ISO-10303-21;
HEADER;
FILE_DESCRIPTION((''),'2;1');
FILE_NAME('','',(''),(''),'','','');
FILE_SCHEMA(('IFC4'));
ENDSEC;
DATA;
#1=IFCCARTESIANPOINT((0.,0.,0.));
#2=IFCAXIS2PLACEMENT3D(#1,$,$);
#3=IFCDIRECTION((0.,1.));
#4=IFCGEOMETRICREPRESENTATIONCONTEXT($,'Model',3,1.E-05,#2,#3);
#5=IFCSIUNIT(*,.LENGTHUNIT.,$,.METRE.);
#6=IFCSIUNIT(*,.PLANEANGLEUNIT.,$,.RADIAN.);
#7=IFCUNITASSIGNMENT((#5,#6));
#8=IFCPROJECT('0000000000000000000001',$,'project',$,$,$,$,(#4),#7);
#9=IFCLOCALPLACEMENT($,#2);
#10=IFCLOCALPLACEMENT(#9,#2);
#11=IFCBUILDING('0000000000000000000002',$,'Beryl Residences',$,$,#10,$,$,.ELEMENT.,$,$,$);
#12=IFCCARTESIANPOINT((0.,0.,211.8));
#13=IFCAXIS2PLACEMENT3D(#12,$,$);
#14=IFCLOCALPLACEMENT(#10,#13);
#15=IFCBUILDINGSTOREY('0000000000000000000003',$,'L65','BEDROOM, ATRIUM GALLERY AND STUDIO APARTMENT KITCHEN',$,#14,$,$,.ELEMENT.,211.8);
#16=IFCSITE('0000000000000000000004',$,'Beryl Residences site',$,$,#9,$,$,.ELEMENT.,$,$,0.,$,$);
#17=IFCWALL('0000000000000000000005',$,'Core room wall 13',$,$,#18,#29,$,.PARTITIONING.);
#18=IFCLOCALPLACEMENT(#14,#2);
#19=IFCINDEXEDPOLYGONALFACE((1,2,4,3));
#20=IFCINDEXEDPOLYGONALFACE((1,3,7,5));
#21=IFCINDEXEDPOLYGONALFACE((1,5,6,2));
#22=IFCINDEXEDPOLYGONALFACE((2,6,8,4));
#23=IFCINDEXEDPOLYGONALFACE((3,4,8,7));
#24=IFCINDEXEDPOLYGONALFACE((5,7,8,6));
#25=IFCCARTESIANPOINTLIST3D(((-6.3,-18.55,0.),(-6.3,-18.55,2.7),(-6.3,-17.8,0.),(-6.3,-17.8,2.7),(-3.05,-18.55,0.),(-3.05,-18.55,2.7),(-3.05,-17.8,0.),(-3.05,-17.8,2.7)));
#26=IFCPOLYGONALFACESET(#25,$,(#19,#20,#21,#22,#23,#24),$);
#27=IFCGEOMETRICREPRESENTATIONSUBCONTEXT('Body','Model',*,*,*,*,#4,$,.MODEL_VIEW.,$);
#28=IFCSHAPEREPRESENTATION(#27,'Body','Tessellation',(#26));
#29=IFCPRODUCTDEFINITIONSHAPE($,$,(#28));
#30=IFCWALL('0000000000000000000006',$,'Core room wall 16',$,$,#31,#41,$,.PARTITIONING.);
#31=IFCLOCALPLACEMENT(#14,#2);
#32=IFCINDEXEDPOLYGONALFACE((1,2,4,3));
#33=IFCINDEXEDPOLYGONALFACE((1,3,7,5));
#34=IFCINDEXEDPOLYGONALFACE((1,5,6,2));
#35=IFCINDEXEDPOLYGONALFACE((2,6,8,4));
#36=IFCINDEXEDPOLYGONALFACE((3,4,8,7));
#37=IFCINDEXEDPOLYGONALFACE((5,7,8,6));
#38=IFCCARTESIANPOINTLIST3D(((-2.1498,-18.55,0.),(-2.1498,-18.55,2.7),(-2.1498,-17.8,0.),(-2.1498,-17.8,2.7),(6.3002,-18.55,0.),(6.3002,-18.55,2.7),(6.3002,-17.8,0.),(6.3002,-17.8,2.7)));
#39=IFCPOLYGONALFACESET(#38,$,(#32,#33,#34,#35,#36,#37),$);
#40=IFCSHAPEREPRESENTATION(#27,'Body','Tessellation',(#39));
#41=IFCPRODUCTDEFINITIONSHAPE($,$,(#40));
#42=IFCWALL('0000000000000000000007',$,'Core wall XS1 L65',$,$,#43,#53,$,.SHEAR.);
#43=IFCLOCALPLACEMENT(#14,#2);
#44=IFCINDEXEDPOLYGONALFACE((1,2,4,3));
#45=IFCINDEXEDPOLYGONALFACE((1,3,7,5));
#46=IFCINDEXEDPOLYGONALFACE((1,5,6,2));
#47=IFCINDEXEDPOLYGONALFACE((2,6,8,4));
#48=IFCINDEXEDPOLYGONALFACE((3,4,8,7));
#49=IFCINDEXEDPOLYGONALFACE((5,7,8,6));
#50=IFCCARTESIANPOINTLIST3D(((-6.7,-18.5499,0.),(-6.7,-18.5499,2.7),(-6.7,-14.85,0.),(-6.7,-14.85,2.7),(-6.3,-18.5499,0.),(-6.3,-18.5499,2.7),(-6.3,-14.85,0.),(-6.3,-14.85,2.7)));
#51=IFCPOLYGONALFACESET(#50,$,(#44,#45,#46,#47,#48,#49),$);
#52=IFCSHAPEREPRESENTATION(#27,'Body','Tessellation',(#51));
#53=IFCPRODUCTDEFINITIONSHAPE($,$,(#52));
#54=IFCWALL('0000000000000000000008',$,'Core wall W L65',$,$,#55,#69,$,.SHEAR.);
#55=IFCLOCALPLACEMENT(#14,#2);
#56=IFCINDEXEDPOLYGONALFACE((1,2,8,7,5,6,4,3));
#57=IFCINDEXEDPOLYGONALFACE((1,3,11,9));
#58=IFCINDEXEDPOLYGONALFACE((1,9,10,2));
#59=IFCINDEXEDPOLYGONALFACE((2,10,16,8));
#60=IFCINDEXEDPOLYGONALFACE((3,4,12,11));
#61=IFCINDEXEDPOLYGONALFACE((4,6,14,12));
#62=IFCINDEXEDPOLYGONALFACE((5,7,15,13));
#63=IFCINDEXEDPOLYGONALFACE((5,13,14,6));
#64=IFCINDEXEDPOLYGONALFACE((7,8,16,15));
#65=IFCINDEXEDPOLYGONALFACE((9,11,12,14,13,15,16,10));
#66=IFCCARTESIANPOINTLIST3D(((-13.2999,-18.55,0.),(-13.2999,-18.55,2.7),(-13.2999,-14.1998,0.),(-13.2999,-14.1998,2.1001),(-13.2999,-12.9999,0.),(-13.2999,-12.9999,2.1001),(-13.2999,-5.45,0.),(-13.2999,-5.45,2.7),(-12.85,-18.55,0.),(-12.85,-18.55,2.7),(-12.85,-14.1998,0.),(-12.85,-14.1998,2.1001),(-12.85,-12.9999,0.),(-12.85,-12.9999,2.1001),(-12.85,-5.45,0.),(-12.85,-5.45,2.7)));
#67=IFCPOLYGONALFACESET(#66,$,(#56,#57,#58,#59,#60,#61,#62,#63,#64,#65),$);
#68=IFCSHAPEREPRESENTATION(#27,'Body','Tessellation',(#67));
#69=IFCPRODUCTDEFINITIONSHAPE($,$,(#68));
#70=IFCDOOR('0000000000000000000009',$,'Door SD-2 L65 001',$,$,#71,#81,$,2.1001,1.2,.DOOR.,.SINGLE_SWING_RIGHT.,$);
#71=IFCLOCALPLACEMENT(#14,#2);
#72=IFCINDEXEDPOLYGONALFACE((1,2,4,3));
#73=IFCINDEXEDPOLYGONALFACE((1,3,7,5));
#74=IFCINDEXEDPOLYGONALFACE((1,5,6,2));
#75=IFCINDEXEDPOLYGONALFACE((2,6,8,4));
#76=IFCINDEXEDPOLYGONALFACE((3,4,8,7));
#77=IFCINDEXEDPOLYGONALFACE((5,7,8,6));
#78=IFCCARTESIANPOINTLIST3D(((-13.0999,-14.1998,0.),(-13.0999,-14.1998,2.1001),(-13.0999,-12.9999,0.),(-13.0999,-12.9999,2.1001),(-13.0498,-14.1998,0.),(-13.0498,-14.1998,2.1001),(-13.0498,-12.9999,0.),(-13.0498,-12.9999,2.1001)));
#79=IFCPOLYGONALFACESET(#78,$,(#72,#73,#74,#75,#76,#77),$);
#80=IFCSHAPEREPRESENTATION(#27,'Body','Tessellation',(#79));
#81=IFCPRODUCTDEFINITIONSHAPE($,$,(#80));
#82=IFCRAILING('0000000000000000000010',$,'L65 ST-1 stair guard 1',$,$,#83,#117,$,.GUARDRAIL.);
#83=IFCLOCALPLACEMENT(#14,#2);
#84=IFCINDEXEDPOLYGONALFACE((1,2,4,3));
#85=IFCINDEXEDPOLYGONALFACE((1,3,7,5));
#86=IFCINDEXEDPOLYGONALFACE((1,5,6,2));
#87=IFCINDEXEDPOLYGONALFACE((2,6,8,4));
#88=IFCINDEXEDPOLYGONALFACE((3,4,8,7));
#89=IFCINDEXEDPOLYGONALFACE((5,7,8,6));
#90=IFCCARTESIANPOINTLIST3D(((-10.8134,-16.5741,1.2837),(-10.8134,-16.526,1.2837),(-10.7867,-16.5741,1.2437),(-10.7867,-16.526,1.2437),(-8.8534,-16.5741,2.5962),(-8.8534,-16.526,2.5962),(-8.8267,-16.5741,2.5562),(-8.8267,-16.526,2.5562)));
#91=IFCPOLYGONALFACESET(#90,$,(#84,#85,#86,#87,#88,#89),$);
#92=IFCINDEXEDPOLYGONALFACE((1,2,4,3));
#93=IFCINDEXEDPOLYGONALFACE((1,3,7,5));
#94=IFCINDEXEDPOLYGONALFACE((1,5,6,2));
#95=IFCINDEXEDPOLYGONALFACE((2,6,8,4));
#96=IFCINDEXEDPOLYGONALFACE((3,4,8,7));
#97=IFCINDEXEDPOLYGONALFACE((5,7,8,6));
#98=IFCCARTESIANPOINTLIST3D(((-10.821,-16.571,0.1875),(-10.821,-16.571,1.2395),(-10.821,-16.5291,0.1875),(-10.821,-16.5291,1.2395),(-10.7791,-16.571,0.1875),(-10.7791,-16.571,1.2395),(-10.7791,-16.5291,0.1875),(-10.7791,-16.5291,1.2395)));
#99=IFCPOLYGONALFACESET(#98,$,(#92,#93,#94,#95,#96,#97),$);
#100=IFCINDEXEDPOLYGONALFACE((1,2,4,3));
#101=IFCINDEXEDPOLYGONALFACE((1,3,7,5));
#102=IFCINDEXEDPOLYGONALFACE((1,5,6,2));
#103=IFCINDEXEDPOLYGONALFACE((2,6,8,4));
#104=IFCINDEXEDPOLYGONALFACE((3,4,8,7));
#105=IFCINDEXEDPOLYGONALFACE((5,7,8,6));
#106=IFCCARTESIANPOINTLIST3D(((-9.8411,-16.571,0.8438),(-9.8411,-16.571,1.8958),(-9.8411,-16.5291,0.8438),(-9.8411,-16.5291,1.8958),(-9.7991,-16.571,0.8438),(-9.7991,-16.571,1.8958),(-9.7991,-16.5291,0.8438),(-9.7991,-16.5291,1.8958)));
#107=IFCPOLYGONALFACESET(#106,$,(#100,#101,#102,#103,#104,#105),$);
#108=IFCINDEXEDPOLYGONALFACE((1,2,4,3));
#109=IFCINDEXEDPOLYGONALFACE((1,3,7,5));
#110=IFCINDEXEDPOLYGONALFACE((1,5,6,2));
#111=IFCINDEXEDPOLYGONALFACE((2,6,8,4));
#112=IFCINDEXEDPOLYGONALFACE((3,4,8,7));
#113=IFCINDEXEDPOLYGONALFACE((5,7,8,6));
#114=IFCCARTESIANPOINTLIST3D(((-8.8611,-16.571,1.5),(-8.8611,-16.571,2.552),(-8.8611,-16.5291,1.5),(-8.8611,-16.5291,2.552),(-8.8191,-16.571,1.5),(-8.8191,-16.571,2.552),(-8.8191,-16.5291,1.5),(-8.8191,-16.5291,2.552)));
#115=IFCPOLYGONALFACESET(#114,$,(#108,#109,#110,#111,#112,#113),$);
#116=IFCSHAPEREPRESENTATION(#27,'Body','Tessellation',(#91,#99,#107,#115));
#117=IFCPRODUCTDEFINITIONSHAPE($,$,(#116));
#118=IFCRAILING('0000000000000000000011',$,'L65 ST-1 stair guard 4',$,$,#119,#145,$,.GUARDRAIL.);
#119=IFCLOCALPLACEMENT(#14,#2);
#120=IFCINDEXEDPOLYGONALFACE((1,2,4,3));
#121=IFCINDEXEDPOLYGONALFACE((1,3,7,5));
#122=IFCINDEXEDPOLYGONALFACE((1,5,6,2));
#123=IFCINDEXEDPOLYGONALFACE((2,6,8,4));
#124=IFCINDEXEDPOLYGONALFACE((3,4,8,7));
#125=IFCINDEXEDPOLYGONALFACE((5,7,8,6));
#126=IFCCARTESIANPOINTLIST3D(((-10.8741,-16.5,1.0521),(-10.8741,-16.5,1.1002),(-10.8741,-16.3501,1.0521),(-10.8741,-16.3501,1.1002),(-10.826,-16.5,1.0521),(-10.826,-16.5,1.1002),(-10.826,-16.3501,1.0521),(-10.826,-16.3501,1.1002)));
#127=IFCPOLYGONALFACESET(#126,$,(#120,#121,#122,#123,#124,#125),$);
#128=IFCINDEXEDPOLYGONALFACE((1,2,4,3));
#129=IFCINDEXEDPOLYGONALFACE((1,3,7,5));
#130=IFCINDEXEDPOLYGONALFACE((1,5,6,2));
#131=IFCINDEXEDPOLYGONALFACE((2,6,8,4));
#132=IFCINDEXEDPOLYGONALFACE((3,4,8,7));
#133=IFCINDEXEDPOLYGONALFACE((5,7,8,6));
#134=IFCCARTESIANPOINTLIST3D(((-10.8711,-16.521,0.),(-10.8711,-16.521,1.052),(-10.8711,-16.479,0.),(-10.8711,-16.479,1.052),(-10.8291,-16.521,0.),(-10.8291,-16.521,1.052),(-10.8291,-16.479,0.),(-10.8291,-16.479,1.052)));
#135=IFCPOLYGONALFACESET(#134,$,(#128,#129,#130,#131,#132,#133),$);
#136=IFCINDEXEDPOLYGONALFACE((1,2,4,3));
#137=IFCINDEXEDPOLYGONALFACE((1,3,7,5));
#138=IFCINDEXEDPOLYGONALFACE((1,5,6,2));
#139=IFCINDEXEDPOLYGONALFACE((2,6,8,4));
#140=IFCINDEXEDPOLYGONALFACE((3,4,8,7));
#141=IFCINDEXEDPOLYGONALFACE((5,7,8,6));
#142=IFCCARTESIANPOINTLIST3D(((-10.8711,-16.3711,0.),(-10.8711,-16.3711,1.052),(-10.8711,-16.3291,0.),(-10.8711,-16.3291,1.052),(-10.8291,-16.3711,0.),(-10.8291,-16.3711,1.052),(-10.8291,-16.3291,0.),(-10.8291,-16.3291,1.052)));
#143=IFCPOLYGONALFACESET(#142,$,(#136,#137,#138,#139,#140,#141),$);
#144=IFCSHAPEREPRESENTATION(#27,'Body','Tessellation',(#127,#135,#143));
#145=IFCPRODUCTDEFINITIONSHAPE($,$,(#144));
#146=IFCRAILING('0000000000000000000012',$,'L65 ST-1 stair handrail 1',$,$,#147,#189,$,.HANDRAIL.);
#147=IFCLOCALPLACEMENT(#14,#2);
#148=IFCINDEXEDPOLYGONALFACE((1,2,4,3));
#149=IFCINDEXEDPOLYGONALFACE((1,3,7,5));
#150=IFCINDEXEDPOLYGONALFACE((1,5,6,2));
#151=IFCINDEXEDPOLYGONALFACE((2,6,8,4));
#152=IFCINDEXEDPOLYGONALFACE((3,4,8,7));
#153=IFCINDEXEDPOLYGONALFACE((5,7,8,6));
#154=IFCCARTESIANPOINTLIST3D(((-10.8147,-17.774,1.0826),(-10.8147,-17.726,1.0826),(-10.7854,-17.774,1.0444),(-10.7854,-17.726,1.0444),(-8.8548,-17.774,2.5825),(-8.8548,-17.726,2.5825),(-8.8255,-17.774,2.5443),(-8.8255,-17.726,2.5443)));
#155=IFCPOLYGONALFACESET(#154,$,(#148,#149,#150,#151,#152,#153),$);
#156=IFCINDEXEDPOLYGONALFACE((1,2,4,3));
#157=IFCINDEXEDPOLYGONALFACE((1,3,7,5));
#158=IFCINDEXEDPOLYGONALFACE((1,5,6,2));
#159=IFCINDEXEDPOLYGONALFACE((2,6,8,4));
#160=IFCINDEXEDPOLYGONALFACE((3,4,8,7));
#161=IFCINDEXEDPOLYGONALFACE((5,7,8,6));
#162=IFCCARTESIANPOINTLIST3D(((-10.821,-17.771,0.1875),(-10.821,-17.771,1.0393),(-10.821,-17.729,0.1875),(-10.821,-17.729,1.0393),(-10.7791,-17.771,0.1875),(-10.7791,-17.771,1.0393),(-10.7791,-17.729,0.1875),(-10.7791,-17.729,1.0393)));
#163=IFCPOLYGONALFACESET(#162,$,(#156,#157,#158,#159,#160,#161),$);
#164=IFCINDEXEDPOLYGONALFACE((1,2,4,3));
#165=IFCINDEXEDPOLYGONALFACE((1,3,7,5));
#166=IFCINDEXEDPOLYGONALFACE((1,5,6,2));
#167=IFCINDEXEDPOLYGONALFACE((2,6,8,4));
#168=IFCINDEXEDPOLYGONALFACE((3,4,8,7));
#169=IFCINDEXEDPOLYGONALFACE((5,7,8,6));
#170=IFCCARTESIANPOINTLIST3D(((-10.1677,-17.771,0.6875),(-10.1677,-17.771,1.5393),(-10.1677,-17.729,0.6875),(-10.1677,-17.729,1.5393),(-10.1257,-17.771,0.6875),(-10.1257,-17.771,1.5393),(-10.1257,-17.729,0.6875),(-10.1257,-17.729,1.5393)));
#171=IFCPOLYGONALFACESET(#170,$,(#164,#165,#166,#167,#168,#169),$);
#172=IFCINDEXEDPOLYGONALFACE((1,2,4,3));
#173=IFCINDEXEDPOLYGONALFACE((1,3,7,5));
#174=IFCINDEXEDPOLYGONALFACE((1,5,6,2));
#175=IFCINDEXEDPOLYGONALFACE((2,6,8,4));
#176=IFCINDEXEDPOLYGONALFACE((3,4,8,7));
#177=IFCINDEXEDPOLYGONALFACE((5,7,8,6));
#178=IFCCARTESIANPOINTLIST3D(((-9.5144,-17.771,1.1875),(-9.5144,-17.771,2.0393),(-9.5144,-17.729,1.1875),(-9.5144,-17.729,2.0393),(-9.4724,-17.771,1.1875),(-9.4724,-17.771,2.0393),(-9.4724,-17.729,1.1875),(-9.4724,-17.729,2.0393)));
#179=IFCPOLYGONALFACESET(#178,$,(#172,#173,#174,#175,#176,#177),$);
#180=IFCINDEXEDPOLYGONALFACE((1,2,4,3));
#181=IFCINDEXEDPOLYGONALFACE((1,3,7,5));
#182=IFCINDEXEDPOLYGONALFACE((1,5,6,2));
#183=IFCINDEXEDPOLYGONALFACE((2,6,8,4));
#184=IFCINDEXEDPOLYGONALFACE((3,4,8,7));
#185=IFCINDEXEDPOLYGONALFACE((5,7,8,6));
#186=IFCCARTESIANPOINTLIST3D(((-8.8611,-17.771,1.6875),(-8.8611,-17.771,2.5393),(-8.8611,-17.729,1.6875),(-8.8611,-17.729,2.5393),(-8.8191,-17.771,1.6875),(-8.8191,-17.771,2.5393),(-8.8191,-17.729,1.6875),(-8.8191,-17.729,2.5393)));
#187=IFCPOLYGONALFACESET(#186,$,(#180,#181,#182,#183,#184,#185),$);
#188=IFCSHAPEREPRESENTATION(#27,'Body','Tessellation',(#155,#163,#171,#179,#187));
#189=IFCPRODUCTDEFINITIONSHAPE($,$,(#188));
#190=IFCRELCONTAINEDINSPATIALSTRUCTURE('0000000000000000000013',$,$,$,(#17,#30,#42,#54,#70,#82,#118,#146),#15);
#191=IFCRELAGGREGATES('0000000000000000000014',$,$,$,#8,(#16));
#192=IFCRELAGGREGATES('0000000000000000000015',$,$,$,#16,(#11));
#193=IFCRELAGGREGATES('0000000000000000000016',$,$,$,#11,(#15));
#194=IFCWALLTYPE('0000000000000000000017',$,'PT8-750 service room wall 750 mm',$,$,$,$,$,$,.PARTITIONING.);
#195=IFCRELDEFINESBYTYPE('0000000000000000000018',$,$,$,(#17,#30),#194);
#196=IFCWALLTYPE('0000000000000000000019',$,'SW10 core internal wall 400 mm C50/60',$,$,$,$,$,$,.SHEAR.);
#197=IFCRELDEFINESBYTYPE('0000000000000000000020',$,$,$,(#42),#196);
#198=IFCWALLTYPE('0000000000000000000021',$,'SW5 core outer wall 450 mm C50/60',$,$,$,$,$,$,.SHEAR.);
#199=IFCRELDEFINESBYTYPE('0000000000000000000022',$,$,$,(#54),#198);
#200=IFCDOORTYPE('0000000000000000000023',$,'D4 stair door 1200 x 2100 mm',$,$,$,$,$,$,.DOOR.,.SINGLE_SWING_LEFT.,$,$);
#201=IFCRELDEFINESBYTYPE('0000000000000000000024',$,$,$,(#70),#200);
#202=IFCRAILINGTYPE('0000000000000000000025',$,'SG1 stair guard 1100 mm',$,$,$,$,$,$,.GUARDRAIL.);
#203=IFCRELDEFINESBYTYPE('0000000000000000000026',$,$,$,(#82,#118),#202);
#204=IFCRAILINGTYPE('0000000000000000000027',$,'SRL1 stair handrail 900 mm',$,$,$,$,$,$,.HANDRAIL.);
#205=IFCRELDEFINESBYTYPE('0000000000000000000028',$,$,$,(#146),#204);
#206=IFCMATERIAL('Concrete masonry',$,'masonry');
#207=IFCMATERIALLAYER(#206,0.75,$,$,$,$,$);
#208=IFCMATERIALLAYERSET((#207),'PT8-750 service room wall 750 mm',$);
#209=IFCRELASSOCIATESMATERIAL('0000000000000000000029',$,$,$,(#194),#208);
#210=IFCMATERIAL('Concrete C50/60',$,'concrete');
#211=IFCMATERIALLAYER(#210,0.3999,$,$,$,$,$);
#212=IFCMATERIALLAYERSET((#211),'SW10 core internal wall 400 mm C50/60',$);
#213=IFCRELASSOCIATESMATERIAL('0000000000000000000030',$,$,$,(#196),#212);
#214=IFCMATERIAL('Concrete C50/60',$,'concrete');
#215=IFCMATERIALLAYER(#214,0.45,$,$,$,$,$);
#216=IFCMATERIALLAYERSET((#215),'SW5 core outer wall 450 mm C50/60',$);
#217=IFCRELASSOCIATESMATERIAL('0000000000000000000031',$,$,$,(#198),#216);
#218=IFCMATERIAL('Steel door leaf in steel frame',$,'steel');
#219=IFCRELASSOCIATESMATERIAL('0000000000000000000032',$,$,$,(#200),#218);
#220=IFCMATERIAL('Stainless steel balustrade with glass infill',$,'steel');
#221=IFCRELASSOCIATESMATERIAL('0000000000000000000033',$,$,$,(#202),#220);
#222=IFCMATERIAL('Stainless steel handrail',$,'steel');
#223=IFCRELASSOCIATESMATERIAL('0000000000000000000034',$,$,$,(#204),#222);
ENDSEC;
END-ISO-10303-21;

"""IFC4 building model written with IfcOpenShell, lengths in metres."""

from ifc_helpers import new_model, si_unit, direction, frame, frame_2d, origin, origin_2d, place, context, subcontext, project, spatial, rectangle, extrude, material, layer, layer_set, type_object, element, fill, save


model = new_model("IFC4")

# Units and contexts
model_context = context("Model", 3, precision=1e-05, world=origin(), true_north=direction((0.0, 1.0)))
body_context = subcontext(model_context, "Body", "Model", "MODEL_VIEW")
ifc_project = project(units=[si_unit("LENGTHUNIT", "METRE"), si_unit("PLANEANGLEUNIT", "RADIAN")], contexts=[model_context])

# Site, building, storey
site_placement = place(None, origin())
site = spatial("IfcSite", under=ifc_project, at=site_placement, Name="Beryl Residences site", CompositionType="ELEMENT", RefElevation=0.0)
building_placement = place(site_placement, origin())
building = spatial("IfcBuilding", under=site, at=building_placement, Name="Beryl Residences", CompositionType="ELEMENT")
storey_placement = place(building_placement, frame((0.0, 0.0, 211.8)))
storey = spatial("IfcBuildingStorey", under=building, at=storey_placement, Name="L65", Description="BEDROOM, ATRIUM GALLERY AND STUDIO APARTMENT KITCHEN", CompositionType="ELEMENT", Elevation=211.8)

# Walls
ifc_material_1 = material(Name="Concrete masonry", Category="masonry")
ifc_layer_1 = layer(ifc_material_1, 0.75)
ifc_layer_set_1 = layer_set([ifc_layer_1], Name="PT8-750 service room wall 750 mm")
wall_type_1 = type_object("IfcWallType", Name="PT8-750 service room wall 750 mm", PredefinedType="PARTITIONING", material=ifc_layer_set_1)
wall_1_placement = place(storey_placement, frame((-6.3, -18.175, 0.0), z_axis=(0.0, 0.0, 1.0), x_axis=(1.0, 0.0, 0.0)))
element("IfcWall", 1, at=wall_1_placement, inside=storey, type_object=wall_type_1, Name="Core room wall 13", PredefinedType="PARTITIONING", context=body_context, shape_type="SweptSolid", body=[
    extrude(rectangle(XDim=3.25, YDim=0.75, at=frame_2d((1.625, 0.0))), origin(), (0.0, 0.0, 1.0), 2.7),
])
wall_2_placement = place(storey_placement, frame((-2.1499, -18.175, 0.0), z_axis=(0.0, 0.0, 1.0), x_axis=(1.0, 0.0, 0.0)))
element("IfcWall", 2, at=wall_2_placement, inside=storey, type_object=wall_type_1, Name="Core room wall 16", PredefinedType="PARTITIONING", context=body_context, shape_type="SweptSolid", body=[
    extrude(rectangle(XDim=8.45, YDim=0.75, at=frame_2d((4.2251, 0.0))), origin(), (0.0, 0.0, 1.0), 2.7),
])
ifc_material_2 = material(Name="Concrete C50/60", Category="concrete")
ifc_layer_2 = layer(ifc_material_2, 0.3999)
ifc_layer_set_2 = layer_set([ifc_layer_2], Name="SW10 core internal wall 400 mm C50/60")
wall_type_2 = type_object("IfcWallType", Name="SW10 core internal wall 400 mm C50/60", PredefinedType="SHEAR", material=ifc_layer_set_2)
wall_3_placement = place(storey_placement, frame((-6.5, -18.55, 0.0), z_axis=(0.0, 0.0, 1.0), x_axis=(0.0, 1.0, 0.0)))
element("IfcWall", 3, at=wall_3_placement, inside=storey, type_object=wall_type_2, Name="Core wall XS1 L65", PredefinedType="SHEAR", context=body_context, shape_type="SweptSolid", body=[
    extrude(rectangle(XDim=3.7, YDim=0.3999, at=frame_2d((1.8501, 0.0))), origin(), (0.0, 0.0, 1.0), 2.7),
])

# Wall, opening, door
ifc_material_3 = material(Name="Concrete C50/60", Category="concrete")
ifc_layer_3 = layer(ifc_material_3, 0.45)
ifc_layer_set_3 = layer_set([ifc_layer_3], Name="SW5 core outer wall 450 mm C50/60")
wall_type_3 = type_object("IfcWallType", Name="SW5 core outer wall 450 mm C50/60", PredefinedType="SHEAR", material=ifc_layer_set_3)
wall_4_placement = place(storey_placement, frame((-13.075, -18.55, 0.0), z_axis=(0.0, 0.0, 1.0), x_axis=(0.0, 1.0, 0.0)))
wall_4 = element("IfcWall", 4, at=wall_4_placement, inside=storey, type_object=wall_type_3, Name="Core wall W L65", PredefinedType="SHEAR", context=body_context, shape_type="SweptSolid", body=[
    extrude(rectangle(XDim=13.1001, YDim=0.45, at=frame_2d((6.55, 0.0))), origin(), (0.0, 0.0, 1.0), 2.7),
])
opening_1_placement = place(wall_4_placement, frame((4.3501, 0.0, 0.0)))
opening_1 = element("IfcOpeningElement", 5, at=opening_1_placement, cuts=wall_4, PredefinedType="OPENING", context=body_context, shape_type="SweptSolid", body=[
    extrude(rectangle(XDim=1.2, YDim=2.1001, at=frame_2d((0.6001, 1.05))), frame((0.0, 0.2349, 0.0), z_axis=(0.0, -1.0, 0.0), x_axis=(1.0, 0.0, 0.0)), (0.0, 0.0, 1.0), 0.47),
])
ifc_material_4 = material(Name="Steel door leaf in steel frame", Category="steel")
door_type = type_object("IfcDoorType", Name="D4 stair door 1200 x 2100 mm", OperationType="SINGLE_SWING_LEFT", PredefinedType="DOOR", material=ifc_material_4)
door_placement = place(opening_1_placement, origin())
door = element("IfcDoor", 6, at=door_placement, inside=storey, type_object=door_type, Name="Door SD-2 L65 001", OperationType="SINGLE_SWING_RIGHT", OverallHeight=2.1001, OverallWidth=1.2, PredefinedType="DOOR", context=body_context, shape_type="SweptSolid", body=[
    extrude(rectangle(XDim=1.2, YDim=2.1001, at=frame_2d((0.6001, 1.05))), frame((0.0, 0.0249, 0.0), z_axis=(0.0, -1.0, 0.0), x_axis=(1.0, 0.0, 0.0)), (0.0, 0.0, 1.0), 0.05),
])
fill(opening_1, door)

# Railings
ifc_material_5 = material(Name="Stainless steel balustrade with glass infill", Category="steel")
railing_type_1 = type_object("IfcRailingType", Name="SG1 stair guard 1100 mm", PredefinedType="GUARDRAIL", material=ifc_material_5)
railing_1_placement = place(storey_placement, frame((-10.8, -16.55, 0.1875)))
element("IfcRailing", 7, at=railing_1_placement, inside=storey, type_object=railing_type_1, Name="L65 ST-1 stair guard 1", PredefinedType="GUARDRAIL", context=body_context, shape_type="SweptSolid", body=[
    extrude(rectangle(XDim=0.0481, YDim=0.0481, at=origin_2d()), frame((0.0, 0.0, 1.0762), z_axis=(0.830902, 0.0, 0.556419), x_axis=(0.0, 1.0, 0.0)), (0.0, 0.0, 1.0), 2.3589),
    extrude(rectangle(XDim=0.042, YDim=0.042, at=origin_2d()), origin(), (0.0, 0.0, 1.0), 1.052),
    extrude(rectangle(XDim=0.042, YDim=0.042, at=origin_2d()), frame((0.98, 0.0, 0.6562)), (0.0, 0.0, 1.0), 1.052),
    extrude(rectangle(XDim=0.042, YDim=0.042, at=origin_2d()), frame((1.96, 0.0, 1.3125)), (0.0, 0.0, 1.0), 1.052),
])
railing_2_placement = place(storey_placement, frame((-10.8501, -16.5, 0.0)))
element("IfcRailing", 8, at=railing_2_placement, inside=storey, type_object=railing_type_1, Name="L65 ST-1 stair guard 4", PredefinedType="GUARDRAIL", context=body_context, shape_type="SweptSolid", body=[
    extrude(rectangle(XDim=0.0481, YDim=0.0481, at=origin_2d()), frame((0.0, 0.0, 1.0762), z_axis=(0.0, 1.0, 0.0), x_axis=(-1.0, 0.0, 0.0)), (0.0, 0.0, 1.0), 0.1499),
    extrude(rectangle(XDim=0.042, YDim=0.042, at=origin_2d()), origin(), (0.0, 0.0, 1.0), 1.052),
    extrude(rectangle(XDim=0.042, YDim=0.042, at=origin_2d()), frame((0.0, 0.1499, 0.0)), (0.0, 0.0, 1.0), 1.052),
])
ifc_material_6 = material(Name="Stainless steel handrail", Category="steel")
railing_type_2 = type_object("IfcRailingType", Name="SRL1 stair handrail 900 mm", PredefinedType="HANDRAIL", material=ifc_material_6)
railing_3_placement = place(storey_placement, frame((-10.8, -17.75, 0.1875)))
element("IfcRailing", 9, at=railing_3_placement, inside=storey, type_object=railing_type_2, Name="L65 ST-1 stair handrail 1", PredefinedType="HANDRAIL", context=body_context, shape_type="SweptSolid", body=[
    extrude(rectangle(XDim=0.0481, YDim=0.0481, at=origin_2d()), frame((0.0, 0.0, 0.876), z_axis=(0.794122, 0.0, 0.607758), x_axis=(0.0, 1.0, 0.0)), (0.0, 0.0, 1.0), 2.468),
    extrude(rectangle(XDim=0.042, YDim=0.042, at=origin_2d()), origin(), (0.0, 0.0, 1.0), 0.8518),
    extrude(rectangle(XDim=0.042, YDim=0.042, at=origin_2d()), frame((0.6533, 0.0, 0.5)), (0.0, 0.0, 1.0), 0.8518),
    extrude(rectangle(XDim=0.042, YDim=0.042, at=origin_2d()), frame((1.3066, 0.0, 1.0)), (0.0, 0.0, 1.0), 0.8518),
    extrude(rectangle(XDim=0.042, YDim=0.042, at=origin_2d()), frame((1.96, 0.0, 1.5)), (0.0, 0.0, 1.0), 0.8518),
])

save(model, "model.ifc")
